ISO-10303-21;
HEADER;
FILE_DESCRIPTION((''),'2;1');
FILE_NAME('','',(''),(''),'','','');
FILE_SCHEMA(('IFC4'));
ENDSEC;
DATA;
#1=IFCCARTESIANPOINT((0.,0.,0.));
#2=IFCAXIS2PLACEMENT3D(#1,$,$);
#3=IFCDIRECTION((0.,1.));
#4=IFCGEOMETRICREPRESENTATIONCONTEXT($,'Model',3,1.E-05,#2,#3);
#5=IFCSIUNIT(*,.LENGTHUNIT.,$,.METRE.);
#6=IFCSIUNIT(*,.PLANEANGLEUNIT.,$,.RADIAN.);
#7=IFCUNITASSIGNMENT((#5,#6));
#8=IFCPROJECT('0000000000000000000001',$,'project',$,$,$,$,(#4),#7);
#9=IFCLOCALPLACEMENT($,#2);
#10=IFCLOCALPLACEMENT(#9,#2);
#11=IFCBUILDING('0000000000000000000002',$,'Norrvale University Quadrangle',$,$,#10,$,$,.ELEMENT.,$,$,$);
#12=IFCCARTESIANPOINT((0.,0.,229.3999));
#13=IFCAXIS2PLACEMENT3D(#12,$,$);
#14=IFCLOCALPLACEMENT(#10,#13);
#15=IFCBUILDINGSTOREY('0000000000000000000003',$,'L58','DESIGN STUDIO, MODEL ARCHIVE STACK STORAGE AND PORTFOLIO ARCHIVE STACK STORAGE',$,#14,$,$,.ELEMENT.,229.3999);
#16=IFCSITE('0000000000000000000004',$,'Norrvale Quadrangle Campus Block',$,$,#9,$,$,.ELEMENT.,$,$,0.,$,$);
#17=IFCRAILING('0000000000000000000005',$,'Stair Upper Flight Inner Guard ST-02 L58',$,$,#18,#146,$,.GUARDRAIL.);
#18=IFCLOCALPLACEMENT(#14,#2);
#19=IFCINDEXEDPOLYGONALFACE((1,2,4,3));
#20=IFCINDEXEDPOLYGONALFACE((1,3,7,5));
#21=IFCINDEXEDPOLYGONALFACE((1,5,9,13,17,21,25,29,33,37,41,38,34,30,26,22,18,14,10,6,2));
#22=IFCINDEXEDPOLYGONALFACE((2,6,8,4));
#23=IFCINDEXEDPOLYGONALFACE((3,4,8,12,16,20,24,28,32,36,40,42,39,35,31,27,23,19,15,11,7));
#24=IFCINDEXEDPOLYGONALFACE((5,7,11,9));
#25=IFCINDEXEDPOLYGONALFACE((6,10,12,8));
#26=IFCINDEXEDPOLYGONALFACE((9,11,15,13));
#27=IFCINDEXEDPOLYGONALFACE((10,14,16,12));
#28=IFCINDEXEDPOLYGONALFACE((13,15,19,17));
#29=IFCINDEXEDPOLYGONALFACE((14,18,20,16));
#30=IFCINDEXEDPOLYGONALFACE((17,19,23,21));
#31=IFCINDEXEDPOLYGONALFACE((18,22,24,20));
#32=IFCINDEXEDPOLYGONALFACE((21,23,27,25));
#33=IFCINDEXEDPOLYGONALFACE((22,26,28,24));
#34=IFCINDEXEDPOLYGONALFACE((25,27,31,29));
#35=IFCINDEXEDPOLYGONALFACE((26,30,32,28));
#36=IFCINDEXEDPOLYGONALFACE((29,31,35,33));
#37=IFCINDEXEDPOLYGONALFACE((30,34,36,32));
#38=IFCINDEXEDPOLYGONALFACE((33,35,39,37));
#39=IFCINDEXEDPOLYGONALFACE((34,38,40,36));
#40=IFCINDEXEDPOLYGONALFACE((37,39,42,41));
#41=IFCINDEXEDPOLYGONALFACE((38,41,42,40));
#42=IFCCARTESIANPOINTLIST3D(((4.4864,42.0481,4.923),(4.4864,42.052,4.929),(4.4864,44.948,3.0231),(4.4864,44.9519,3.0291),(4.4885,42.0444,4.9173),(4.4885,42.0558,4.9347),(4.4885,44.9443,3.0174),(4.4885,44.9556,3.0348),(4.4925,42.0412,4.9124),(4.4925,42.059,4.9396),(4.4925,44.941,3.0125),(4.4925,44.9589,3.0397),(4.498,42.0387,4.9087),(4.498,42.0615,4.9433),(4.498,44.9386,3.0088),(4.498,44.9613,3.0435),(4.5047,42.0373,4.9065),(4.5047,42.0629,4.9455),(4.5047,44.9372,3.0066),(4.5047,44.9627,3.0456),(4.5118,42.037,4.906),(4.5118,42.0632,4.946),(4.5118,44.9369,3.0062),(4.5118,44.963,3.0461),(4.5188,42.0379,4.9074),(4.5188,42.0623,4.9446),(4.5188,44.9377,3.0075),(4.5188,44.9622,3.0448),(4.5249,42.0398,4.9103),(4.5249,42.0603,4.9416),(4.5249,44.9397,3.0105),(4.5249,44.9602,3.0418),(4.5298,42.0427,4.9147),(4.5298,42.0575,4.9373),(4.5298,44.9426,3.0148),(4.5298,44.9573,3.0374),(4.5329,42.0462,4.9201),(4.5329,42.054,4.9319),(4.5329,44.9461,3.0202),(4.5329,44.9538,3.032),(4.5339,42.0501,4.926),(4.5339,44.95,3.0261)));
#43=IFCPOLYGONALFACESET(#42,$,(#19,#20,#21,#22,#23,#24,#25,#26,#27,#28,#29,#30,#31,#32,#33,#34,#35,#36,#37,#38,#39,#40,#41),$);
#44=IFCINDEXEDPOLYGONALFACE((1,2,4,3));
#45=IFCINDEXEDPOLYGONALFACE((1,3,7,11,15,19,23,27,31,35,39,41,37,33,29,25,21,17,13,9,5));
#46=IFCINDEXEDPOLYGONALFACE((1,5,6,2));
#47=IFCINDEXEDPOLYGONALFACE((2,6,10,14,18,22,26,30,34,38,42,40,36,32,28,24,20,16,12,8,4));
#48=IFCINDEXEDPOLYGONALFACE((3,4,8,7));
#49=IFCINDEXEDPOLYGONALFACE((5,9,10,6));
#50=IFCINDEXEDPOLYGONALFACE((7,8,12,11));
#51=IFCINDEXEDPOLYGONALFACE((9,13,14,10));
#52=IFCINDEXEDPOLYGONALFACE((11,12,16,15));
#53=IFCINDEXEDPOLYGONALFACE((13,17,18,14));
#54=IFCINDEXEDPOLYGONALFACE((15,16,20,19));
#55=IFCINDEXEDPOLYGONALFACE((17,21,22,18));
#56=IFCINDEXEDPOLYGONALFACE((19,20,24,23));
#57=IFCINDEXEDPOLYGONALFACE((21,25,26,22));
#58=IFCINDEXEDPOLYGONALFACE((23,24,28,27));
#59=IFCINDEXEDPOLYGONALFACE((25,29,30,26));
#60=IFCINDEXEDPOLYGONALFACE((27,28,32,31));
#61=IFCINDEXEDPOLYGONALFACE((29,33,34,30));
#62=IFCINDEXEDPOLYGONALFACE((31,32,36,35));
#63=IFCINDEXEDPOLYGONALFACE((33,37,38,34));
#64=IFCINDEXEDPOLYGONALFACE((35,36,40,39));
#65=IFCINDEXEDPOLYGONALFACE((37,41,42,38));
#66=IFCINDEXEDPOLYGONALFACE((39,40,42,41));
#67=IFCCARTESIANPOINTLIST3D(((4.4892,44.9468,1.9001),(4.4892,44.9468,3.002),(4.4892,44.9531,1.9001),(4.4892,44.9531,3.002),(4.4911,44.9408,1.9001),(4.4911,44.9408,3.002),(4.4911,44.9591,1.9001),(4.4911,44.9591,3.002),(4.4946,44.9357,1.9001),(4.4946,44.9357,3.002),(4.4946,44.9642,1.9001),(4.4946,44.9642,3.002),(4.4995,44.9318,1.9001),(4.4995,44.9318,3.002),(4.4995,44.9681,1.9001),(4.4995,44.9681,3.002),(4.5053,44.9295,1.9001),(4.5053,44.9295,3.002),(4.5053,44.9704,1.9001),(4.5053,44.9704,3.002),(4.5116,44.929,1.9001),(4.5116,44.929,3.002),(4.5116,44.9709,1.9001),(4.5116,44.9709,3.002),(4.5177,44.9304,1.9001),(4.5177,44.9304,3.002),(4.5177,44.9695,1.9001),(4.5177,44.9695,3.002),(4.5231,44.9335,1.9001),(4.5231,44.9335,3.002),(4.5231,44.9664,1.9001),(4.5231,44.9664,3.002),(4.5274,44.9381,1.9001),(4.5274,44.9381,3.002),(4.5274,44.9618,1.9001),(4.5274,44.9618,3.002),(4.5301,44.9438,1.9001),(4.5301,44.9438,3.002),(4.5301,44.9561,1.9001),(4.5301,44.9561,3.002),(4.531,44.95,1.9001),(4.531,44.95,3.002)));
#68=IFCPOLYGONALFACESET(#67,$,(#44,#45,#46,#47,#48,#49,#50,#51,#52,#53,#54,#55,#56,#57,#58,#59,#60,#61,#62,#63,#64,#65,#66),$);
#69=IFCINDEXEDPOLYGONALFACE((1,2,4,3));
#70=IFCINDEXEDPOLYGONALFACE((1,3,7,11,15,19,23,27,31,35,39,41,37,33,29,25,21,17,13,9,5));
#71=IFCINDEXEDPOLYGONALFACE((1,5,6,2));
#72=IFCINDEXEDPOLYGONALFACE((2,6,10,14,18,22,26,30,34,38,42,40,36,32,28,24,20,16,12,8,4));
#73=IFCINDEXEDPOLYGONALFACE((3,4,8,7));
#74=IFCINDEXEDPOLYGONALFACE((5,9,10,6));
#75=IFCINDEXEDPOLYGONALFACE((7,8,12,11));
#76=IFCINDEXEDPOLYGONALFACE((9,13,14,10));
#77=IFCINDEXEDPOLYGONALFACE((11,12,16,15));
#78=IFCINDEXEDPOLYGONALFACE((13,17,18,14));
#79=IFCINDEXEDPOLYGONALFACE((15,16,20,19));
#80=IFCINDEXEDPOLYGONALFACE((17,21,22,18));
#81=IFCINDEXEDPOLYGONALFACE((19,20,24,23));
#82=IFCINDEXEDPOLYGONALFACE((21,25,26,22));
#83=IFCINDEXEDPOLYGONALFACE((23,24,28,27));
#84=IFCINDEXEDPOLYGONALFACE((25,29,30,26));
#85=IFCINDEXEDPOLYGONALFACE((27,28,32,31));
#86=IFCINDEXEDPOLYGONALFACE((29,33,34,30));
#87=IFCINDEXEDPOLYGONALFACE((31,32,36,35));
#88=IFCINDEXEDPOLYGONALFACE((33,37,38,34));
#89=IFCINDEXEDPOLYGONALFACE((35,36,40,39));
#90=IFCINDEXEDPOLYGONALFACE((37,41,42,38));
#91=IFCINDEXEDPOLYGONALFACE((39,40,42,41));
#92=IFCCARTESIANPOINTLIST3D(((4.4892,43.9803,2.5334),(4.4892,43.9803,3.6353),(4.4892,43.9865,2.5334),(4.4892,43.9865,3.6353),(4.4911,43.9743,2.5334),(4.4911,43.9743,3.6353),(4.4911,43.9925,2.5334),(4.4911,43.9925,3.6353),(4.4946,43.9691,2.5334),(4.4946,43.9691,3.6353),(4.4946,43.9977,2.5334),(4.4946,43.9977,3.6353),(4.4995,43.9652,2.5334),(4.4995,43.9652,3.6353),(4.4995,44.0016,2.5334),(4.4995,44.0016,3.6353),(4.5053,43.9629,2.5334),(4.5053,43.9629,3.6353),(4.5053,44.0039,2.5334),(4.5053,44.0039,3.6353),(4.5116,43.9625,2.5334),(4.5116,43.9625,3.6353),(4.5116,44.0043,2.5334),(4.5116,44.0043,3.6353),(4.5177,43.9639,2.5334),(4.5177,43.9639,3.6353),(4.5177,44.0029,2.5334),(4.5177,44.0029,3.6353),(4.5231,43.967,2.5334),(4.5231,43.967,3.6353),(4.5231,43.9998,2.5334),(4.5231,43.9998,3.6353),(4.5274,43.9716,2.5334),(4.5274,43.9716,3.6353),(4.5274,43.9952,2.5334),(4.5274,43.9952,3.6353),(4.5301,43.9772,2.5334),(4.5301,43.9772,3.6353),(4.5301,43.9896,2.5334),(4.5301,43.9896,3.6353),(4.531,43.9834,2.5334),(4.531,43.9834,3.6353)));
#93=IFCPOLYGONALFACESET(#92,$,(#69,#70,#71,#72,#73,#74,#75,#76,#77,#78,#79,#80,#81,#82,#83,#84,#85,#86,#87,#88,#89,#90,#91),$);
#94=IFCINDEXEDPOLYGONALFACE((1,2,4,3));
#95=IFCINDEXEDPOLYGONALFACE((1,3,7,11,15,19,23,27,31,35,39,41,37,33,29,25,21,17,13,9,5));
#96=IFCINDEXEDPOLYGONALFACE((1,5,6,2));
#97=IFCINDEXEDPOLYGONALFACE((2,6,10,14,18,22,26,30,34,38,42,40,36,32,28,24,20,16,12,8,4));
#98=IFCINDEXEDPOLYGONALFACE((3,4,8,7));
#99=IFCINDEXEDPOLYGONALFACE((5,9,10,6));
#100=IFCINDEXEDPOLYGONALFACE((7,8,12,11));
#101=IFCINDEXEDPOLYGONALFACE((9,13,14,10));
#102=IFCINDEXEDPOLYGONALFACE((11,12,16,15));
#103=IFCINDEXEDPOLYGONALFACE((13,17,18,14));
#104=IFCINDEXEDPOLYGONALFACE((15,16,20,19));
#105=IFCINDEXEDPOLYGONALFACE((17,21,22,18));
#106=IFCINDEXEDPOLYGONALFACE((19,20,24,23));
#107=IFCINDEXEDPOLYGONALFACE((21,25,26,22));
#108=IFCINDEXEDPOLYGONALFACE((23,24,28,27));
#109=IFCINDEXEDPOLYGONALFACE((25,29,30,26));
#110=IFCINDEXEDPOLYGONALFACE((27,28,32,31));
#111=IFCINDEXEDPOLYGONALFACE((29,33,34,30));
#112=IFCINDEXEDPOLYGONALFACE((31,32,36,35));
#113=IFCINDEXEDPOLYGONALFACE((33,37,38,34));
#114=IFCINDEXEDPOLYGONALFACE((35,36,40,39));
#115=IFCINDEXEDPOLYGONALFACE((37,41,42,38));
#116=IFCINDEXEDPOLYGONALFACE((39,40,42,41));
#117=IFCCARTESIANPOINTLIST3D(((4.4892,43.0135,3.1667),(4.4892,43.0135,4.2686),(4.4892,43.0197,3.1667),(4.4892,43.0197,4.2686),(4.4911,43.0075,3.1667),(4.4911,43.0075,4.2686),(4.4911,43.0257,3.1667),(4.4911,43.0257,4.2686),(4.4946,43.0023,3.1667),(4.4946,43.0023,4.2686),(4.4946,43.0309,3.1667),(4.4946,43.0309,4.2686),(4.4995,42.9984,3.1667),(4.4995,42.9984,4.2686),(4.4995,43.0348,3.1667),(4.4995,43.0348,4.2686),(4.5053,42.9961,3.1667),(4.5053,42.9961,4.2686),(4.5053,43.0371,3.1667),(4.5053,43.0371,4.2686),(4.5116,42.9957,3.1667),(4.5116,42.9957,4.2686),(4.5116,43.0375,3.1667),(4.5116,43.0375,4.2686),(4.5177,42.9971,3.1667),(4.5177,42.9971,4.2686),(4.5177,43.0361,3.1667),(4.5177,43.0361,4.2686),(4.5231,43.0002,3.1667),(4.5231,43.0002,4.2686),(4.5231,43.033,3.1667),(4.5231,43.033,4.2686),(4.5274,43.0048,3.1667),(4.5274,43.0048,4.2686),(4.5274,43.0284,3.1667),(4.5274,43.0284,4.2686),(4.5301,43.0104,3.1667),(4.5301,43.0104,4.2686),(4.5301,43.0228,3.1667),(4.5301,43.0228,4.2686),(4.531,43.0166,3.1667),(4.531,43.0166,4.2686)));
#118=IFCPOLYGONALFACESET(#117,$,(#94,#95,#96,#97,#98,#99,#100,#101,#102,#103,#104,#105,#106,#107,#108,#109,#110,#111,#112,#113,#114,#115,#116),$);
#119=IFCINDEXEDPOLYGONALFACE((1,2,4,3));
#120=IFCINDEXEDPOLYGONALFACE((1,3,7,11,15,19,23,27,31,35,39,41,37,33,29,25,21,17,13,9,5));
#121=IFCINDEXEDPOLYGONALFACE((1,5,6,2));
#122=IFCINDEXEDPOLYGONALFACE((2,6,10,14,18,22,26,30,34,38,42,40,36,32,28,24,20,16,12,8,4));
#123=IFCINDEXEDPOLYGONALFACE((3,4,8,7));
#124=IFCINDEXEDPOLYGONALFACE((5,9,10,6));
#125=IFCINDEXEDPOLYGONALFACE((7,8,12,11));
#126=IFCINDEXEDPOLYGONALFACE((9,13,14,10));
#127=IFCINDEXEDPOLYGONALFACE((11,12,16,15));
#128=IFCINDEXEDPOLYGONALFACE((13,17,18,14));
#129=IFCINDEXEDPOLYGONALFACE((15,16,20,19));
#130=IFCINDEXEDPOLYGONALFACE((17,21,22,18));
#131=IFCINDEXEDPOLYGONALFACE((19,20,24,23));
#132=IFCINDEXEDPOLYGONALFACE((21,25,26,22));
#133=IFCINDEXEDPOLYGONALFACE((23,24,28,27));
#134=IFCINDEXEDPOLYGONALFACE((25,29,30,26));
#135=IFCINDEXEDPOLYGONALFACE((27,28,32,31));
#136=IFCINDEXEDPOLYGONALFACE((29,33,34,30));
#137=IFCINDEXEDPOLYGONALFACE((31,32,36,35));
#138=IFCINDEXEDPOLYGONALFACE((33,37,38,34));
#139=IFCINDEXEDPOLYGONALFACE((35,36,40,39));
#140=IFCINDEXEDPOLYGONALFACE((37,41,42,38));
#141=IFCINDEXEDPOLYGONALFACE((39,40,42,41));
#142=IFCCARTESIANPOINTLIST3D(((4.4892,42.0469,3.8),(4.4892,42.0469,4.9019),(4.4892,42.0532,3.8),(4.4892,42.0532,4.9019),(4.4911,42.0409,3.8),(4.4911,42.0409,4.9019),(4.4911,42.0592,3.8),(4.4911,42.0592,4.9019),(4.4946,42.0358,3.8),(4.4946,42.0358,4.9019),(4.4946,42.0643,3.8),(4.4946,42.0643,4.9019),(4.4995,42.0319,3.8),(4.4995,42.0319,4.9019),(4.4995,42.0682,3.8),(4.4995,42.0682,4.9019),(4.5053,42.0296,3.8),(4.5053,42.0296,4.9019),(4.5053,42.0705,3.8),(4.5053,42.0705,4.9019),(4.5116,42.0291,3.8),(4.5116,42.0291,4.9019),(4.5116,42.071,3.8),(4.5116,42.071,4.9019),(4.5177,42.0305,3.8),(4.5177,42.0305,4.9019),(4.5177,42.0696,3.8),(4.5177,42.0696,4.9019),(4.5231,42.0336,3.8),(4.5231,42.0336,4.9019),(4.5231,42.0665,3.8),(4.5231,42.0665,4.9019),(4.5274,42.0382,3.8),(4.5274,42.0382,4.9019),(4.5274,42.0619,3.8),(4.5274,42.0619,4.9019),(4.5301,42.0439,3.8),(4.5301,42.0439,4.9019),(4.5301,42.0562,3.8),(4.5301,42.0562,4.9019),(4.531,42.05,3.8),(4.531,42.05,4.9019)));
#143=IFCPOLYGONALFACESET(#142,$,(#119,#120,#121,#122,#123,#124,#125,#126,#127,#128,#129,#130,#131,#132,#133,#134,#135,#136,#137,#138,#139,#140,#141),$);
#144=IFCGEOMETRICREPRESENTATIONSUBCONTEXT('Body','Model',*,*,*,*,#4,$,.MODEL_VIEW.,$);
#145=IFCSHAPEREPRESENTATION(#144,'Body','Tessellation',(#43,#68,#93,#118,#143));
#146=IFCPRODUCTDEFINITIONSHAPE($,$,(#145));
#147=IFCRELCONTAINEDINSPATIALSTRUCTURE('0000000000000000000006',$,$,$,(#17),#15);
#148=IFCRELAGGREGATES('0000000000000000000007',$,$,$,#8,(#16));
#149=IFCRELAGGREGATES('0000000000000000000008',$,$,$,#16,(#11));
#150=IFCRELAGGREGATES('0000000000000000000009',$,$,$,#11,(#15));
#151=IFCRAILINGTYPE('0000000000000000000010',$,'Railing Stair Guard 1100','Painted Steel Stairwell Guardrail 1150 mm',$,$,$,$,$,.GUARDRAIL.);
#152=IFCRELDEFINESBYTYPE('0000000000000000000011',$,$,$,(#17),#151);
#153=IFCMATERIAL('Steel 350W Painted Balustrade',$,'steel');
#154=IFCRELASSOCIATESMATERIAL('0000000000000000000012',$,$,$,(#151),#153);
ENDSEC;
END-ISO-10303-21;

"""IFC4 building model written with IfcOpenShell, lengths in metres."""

from ifc_helpers import new_model, si_unit, direction, frame, origin, origin_2d, place, context, subcontext, project, spatial, circle, extrude, material, type_object, element, save


model = new_model("IFC4")

# Units and contexts
model_context = context("Model", 3, precision=1e-05, world=origin(), true_north=direction((0.0, 1.0)))
body_context = subcontext(model_context, "Body", "Model", "MODEL_VIEW")
ifc_project = project(units=[si_unit("LENGTHUNIT", "METRE"), si_unit("PLANEANGLEUNIT", "RADIAN")], contexts=[model_context])

# Site, building, storey
site_placement = place(None, origin())
site = spatial("IfcSite", under=ifc_project, at=site_placement, Name="Norrvale Quadrangle Campus Block", CompositionType="ELEMENT", RefElevation=0.0)
building_placement = place(site_placement, origin())
building = spatial("IfcBuilding", under=site, at=building_placement, Name="Norrvale University Quadrangle", CompositionType="ELEMENT")
storey_placement = place(building_placement, frame((0.0, 0.0, 229.3999)))
storey = spatial("IfcBuildingStorey", under=building, at=storey_placement, Name="L58", Description="DESIGN STUDIO, MODEL ARCHIVE STACK STORAGE AND PORTFOLIO ARCHIVE STACK STORAGE", CompositionType="ELEMENT", Elevation=229.3999)

# Railing
ifc_material_1 = material(Name="Steel 350W Painted Balustrade", Category="steel")
railing_type_1 = type_object("IfcRailingType", Name="Railing Stair Guard 1100", Description="Painted Steel Stairwell Guardrail 1150 mm", PredefinedType="GUARDRAIL", material=ifc_material_1)
railing_1_placement = place(storey_placement, frame((4.51, 44.95, 1.9001)))
element("IfcRailing", 1, at=railing_1_placement, inside=storey, type_object=railing_type_1, Name="Stair Upper Flight Inner Guard ST-02 L58", PredefinedType="GUARDRAIL", context=body_context, shape_type="SweptSolid", body=[
    extrude(circle(Radius=0.0239, at=origin_2d()), frame((0.0, 0.0, 1.126), z_axis=(0.0, -0.836466, 0.548019), x_axis=(1.0, 0.0, 0.0)), (0.0, 0.0, 1.0), 3.4668),
    extrude(circle(Radius=0.021, at=origin_2d()), origin(), (0.0, 0.0, 1.0), 1.1018),
    extrude(circle(Radius=0.021, at=origin_2d()), frame((0.0, -0.9666, 0.6333)), (0.0, 0.0, 1.0), 1.1018),
    extrude(circle(Radius=0.021, at=origin_2d()), frame((0.0, -1.9333, 1.2666)), (0.0, 0.0, 1.0), 1.1018),
    extrude(circle(Radius=0.021, at=origin_2d()), frame((0.0, -2.8999, 1.8999)), (0.0, 0.0, 1.0), 1.1018),
])

save(model, "model.ifc")
